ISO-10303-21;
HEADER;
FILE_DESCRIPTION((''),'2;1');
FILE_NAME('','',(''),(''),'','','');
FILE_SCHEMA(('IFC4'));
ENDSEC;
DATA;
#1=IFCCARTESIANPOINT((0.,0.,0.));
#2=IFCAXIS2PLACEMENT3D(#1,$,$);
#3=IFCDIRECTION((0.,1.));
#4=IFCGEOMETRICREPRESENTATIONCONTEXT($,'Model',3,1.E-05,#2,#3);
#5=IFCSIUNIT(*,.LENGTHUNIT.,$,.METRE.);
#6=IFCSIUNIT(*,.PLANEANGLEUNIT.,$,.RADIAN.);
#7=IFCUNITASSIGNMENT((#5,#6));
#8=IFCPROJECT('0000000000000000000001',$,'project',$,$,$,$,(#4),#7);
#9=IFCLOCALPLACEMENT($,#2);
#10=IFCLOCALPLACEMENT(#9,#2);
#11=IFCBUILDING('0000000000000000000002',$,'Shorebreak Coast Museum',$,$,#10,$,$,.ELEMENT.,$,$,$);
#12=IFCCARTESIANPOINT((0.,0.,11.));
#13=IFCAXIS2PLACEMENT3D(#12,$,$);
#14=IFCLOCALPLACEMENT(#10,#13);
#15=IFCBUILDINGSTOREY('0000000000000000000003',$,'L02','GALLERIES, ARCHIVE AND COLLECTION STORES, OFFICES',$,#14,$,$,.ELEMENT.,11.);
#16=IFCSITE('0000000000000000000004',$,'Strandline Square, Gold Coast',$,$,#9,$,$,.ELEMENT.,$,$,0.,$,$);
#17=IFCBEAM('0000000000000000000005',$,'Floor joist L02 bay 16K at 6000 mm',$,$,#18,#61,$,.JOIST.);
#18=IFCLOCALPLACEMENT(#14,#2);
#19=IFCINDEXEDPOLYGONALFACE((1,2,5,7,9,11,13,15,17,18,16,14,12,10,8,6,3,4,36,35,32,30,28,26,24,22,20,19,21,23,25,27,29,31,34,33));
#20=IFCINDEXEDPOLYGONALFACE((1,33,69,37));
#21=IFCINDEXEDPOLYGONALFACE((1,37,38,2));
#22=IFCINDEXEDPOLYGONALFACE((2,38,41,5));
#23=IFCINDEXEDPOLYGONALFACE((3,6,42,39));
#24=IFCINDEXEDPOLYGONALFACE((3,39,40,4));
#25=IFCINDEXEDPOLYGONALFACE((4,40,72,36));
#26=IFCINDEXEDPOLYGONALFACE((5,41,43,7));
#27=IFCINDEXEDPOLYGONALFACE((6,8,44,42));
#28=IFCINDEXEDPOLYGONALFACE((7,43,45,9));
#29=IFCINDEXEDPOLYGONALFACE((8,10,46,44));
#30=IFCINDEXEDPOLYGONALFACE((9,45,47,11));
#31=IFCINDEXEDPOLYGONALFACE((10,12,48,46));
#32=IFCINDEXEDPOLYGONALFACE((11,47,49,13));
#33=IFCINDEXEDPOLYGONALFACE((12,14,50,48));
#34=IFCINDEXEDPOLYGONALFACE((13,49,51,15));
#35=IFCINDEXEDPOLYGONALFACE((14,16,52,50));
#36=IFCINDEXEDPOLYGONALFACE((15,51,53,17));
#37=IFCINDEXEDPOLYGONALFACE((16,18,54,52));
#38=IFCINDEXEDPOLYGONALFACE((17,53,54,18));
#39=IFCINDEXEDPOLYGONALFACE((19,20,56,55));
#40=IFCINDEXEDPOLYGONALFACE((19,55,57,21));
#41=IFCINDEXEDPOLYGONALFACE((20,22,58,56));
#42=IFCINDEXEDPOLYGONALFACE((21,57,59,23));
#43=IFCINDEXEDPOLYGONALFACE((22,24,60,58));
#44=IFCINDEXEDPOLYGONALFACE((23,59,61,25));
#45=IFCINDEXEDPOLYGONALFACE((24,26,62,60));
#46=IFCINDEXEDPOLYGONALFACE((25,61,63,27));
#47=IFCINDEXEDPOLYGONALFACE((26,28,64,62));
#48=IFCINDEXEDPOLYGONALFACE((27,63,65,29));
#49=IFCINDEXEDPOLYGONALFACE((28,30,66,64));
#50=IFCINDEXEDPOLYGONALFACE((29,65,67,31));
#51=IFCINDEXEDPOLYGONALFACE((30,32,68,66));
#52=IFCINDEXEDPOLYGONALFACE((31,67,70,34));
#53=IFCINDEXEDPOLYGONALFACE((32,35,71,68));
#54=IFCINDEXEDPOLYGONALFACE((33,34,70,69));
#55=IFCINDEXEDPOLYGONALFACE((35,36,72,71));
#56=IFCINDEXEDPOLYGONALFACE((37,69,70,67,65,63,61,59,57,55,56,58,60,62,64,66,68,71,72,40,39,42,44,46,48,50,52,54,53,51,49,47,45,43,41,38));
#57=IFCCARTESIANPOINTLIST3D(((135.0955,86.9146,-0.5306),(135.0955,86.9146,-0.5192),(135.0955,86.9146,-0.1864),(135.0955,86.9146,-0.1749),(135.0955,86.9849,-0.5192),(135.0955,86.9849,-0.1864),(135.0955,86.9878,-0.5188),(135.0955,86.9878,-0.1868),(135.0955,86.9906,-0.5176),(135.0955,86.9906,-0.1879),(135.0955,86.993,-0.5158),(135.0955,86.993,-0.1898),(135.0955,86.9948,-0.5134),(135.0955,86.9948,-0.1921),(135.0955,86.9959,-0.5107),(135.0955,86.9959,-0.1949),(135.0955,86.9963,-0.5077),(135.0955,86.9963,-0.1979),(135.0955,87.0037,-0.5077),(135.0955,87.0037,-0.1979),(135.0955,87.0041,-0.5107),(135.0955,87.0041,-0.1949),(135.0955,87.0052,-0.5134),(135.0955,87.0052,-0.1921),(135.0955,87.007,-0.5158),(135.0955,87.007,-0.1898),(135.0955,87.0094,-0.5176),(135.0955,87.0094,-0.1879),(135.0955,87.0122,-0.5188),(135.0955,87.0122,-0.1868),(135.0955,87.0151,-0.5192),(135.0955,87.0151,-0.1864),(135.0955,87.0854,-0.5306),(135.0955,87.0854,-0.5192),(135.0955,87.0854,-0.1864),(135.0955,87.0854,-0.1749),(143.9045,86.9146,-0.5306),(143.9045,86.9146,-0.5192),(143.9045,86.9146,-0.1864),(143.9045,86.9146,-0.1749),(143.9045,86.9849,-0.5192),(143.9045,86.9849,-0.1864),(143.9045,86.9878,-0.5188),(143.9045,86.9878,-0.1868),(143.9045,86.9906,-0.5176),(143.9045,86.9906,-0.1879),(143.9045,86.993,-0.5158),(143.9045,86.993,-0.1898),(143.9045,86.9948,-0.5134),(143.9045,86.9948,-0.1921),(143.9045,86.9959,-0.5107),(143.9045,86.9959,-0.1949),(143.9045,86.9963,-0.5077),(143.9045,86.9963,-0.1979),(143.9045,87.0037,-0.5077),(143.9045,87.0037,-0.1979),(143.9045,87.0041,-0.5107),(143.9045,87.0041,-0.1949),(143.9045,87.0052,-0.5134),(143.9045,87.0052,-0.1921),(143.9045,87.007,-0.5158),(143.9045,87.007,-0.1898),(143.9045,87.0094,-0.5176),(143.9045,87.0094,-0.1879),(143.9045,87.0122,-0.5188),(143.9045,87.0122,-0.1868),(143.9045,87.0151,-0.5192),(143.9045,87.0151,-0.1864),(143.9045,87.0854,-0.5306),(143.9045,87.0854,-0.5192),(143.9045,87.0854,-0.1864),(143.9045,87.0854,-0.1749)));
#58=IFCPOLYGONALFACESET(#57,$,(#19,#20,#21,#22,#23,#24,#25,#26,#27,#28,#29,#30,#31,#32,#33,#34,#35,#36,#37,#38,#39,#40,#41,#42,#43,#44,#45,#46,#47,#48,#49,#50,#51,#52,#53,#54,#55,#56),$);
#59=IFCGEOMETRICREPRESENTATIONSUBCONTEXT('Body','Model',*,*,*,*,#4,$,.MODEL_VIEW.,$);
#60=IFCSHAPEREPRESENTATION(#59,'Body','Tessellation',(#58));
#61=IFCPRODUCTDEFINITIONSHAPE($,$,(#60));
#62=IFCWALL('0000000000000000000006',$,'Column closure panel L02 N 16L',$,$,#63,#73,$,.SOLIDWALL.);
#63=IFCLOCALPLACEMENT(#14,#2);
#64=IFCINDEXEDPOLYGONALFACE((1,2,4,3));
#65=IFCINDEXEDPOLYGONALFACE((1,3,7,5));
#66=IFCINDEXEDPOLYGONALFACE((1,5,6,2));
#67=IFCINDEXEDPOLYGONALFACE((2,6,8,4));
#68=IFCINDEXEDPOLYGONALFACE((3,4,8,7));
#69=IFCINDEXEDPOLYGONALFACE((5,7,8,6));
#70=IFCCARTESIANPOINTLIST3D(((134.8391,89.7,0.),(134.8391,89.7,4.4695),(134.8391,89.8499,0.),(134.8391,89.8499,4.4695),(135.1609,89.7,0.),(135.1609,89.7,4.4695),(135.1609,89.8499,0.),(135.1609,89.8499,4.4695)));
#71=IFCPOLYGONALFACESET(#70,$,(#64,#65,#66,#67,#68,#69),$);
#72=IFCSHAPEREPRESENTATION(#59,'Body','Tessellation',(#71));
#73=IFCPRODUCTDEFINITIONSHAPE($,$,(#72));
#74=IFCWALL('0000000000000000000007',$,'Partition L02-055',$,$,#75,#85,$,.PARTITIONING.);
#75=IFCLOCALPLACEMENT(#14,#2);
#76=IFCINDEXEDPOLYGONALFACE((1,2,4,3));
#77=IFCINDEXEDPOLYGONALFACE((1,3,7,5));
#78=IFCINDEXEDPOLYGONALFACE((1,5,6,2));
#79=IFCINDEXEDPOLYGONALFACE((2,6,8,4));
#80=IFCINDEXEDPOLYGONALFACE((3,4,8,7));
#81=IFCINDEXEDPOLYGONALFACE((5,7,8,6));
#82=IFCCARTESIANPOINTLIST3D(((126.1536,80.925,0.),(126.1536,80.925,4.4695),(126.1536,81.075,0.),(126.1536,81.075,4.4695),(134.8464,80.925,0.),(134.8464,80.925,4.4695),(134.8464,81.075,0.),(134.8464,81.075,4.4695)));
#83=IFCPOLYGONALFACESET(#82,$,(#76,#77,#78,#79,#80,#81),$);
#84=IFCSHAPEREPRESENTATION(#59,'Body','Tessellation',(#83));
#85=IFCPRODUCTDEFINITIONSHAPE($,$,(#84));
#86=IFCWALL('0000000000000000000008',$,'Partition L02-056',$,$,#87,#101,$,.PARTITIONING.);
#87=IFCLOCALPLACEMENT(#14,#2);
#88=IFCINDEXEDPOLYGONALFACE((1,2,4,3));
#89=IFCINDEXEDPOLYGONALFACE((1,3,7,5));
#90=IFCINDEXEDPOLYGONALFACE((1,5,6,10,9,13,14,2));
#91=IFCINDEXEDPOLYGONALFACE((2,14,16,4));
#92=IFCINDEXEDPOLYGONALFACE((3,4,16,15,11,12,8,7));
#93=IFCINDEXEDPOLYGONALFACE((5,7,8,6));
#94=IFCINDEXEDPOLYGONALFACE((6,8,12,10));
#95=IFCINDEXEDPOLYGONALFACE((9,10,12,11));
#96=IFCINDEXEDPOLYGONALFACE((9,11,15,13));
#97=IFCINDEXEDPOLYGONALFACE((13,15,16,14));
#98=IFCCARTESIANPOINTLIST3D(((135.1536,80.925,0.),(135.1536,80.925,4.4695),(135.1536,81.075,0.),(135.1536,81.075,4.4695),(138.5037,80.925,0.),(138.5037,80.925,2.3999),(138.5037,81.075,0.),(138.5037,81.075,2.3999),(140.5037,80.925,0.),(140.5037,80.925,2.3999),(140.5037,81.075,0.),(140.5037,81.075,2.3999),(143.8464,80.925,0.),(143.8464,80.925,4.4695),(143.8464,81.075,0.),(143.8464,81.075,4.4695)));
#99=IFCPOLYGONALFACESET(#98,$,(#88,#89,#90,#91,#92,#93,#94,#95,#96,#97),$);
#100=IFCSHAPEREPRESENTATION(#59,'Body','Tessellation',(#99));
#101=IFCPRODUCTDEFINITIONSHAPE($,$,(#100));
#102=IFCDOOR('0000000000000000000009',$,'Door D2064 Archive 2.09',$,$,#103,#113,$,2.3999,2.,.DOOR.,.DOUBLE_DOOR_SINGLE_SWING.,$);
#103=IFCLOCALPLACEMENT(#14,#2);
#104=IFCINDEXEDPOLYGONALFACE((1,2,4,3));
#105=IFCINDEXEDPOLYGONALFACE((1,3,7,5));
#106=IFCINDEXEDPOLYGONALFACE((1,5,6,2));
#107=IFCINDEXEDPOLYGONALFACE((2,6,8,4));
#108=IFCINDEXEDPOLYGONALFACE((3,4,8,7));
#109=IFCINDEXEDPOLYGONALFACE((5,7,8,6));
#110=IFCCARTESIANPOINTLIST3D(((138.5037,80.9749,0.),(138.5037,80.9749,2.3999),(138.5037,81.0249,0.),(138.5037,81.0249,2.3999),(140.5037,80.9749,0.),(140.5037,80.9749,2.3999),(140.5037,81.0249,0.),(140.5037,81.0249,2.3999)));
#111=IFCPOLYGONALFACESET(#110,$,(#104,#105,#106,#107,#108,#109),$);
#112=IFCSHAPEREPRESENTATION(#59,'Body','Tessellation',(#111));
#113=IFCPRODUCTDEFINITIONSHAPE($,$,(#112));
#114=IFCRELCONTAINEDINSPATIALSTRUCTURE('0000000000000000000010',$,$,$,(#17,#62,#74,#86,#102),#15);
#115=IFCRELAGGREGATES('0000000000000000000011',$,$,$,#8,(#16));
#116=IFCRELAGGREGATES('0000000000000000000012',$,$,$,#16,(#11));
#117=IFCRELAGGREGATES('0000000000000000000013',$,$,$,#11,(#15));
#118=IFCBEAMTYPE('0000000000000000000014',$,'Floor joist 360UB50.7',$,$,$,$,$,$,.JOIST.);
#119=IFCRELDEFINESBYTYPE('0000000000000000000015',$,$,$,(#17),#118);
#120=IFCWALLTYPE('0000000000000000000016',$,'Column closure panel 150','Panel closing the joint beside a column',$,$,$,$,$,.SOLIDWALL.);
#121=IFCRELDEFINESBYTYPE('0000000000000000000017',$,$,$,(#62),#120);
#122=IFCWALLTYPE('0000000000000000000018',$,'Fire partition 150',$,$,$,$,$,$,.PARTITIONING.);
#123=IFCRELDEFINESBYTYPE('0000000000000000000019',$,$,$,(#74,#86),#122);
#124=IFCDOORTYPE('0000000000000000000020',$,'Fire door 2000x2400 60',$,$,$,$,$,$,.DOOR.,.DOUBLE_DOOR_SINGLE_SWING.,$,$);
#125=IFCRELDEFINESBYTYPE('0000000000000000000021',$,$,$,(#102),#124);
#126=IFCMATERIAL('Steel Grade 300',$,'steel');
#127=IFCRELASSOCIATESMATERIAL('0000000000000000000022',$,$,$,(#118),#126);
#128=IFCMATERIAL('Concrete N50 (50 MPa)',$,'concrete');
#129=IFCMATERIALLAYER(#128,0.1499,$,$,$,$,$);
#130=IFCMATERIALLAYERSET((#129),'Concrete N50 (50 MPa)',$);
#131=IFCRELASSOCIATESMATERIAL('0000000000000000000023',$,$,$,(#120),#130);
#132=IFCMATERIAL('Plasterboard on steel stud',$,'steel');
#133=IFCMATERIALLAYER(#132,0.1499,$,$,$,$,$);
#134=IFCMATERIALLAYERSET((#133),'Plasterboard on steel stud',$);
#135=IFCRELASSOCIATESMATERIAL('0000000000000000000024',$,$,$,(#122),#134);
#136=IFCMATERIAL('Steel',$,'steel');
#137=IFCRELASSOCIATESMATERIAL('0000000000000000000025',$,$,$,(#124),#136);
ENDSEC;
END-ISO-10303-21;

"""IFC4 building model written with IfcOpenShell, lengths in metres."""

from ifc_helpers import new_model, si_unit, direction, frame, frame_2d, origin, origin_2d, place, context, subcontext, project, spatial, rectangle, i_section, extrude, material, layer, layer_set, material_profile, profile_set, type_object, element, fill, save


model = new_model("IFC4")

# Units and contexts
model_context = context("Model", 3, precision=1e-05, world=origin(), true_north=direction((0.0, 1.0)))
body_context = subcontext(model_context, "Body", "Model", "MODEL_VIEW")
ifc_project = project(units=[si_unit("LENGTHUNIT", "METRE"), si_unit("PLANEANGLEUNIT", "RADIAN")], contexts=[model_context])

# Site, building, storey
site_placement = place(None, origin())
site = spatial("IfcSite", under=ifc_project, at=site_placement, Name="Strandline Square, Gold Coast", CompositionType="ELEMENT", RefElevation=0.0)
building_placement = place(site_placement, origin())
building = spatial("IfcBuilding", under=site, at=building_placement, Name="Shorebreak Coast Museum", CompositionType="ELEMENT")
storey_placement = place(building_placement, frame((0.0, 0.0, 11.0)))
storey = spatial("IfcBuildingStorey", under=building, at=storey_placement, Name="L02", Description="GALLERIES, ARCHIVE AND COLLECTION STORES, OFFICES", CompositionType="ELEMENT", Elevation=11.0)

# Beam
ifc_material_1 = material(Name="Steel Grade 300", Category="steel")
ifc_material_profile_1 = material_profile(ifc_material_1, i_section(OverallWidth=0.1709, OverallDepth=0.3557, WebThickness=0.0073, FlangeThickness=0.0115, FilletRadius=0.0115, at=origin_2d()), Name="360UB50.7")
ifc_profile_set_1 = profile_set([ifc_material_profile_1], Name="Steel Grade 300")
beam_type_1 = type_object("IfcBeamType", Name="Floor joist 360UB50.7", PredefinedType="JOIST", material=ifc_profile_set_1)
for number, where, z_axis, x_axis, name in (
    (1, (135.0955, 87.0, -0.3528), (1.0, 0.0, 0.0), (0.0, 1.0, 0.0), "Floor joist L02 bay 16K at 6000 mm"),
):
    element("IfcBeam", number, at=place(storey_placement, frame(where, z_axis=z_axis, x_axis=x_axis)), inside=storey, type_object=beam_type_1, Name=name, PredefinedType="JOIST", context=body_context, shape_type="SweptSolid", body=[
        extrude(i_section(OverallWidth=0.1709, OverallDepth=0.3557, WebThickness=0.0073, FlangeThickness=0.0115, FilletRadius=0.0115, at=origin_2d()), origin(), (0.0, 0.0, 1.0), 8.8091),
    ])

# Walls
ifc_material_2 = material(Name="Concrete N50 (50 MPa)", Category="concrete")
ifc_layer_1 = layer(ifc_material_2, 0.1499)
ifc_layer_set_1 = layer_set([ifc_layer_1], Name="Concrete N50 (50 MPa)")
wall_type_1 = type_object("IfcWallType", Name="Column closure panel 150", Description="Panel closing the joint beside a column", PredefinedType="SOLIDWALL", material=ifc_layer_set_1)
wall_1_placement = place(storey_placement, frame((134.8391, 89.7749, 0.0), z_axis=(0.0, 0.0, 1.0), x_axis=(1.0, 0.0, 0.0)))
element("IfcWall", 2, at=wall_1_placement, inside=storey, type_object=wall_type_1, Name="Column closure panel L02 N 16L", PredefinedType="SOLIDWALL", context=body_context, shape_type="SweptSolid", body=[
    extrude(rectangle(XDim=0.3218, YDim=0.1499, at=frame_2d((0.1609, 0.0))), origin(), (0.0, 0.0, 1.0), 4.4695),
])
ifc_material_3 = material(Name="Plasterboard on steel stud", Category="steel")
ifc_layer_2 = layer(ifc_material_3, 0.1499)
ifc_layer_set_2 = layer_set([ifc_layer_2], Name="Plasterboard on steel stud")
wall_type_2 = type_object("IfcWallType", Name="Fire partition 150", PredefinedType="PARTITIONING", material=ifc_layer_set_2)
wall_2_placement = place(storey_placement, frame((126.1536, 81.0, 0.0), z_axis=(0.0, 0.0, 1.0), x_axis=(1.0, 0.0, 0.0)))
element("IfcWall", 3, at=wall_2_placement, inside=storey, type_object=wall_type_2, Name="Partition L02-055", PredefinedType="PARTITIONING", context=body_context, shape_type="SweptSolid", body=[
    extrude(rectangle(XDim=8.6929, YDim=0.1499, at=frame_2d((4.3464, 0.0))), origin(), (0.0, 0.0, 1.0), 4.4695),
])

# Wall, opening, door
wall_3_placement = place(storey_placement, frame((135.1536, 81.0, 0.0), z_axis=(0.0, 0.0, 1.0), x_axis=(1.0, 0.0, 0.0)))
wall_3 = element("IfcWall", 4, at=wall_3_placement, inside=storey, type_object=wall_type_2, Name="Partition L02-056", PredefinedType="PARTITIONING", context=body_context, shape_type="SweptSolid", body=[
    extrude(rectangle(XDim=8.6929, YDim=0.1499, at=frame_2d((4.3464, 0.0))), origin(), (0.0, 0.0, 1.0), 4.4695),
])
opening_1_placement = place(wall_3_placement, frame((3.3501, 0.0, 0.0)))
opening_1 = element("IfcOpeningElement", 5, at=opening_1_placement, cuts=wall_3, PredefinedType="OPENING", context=body_context, shape_type="SweptSolid", body=[
    extrude(rectangle(XDim=2.0, YDim=2.3999, at=frame_2d((1.0, 1.2))), frame((0.0, 0.085, 0.0), z_axis=(0.0, -1.0, 0.0), x_axis=(1.0, 0.0, 0.0)), (0.0, 0.0, 1.0), 0.1699),
])
ifc_material_4 = material(Name="Steel", Category="steel")
door_type = type_object("IfcDoorType", Name="Fire door 2000x2400 60", OperationType="DOUBLE_DOOR_SINGLE_SWING", PredefinedType="DOOR", material=ifc_material_4)
door_placement = place(opening_1_placement, origin())
door = element("IfcDoor", 6, at=door_placement, inside=storey, type_object=door_type, Name="Door D2064 Archive 2.09", OperationType="DOUBLE_DOOR_SINGLE_SWING", OverallHeight=2.3999, OverallWidth=2.0, PredefinedType="DOOR", context=body_context, shape_type="SweptSolid", body=[
    extrude(rectangle(XDim=2.0, YDim=2.3999, at=frame_2d((1.0, 1.2))), frame((0.0, 0.0249, 0.0), z_axis=(0.0, -1.0, 0.0), x_axis=(1.0, 0.0, 0.0)), (0.0, 0.0, 1.0), 0.05),
])
fill(opening_1, door)

save(model, "model.ifc")
